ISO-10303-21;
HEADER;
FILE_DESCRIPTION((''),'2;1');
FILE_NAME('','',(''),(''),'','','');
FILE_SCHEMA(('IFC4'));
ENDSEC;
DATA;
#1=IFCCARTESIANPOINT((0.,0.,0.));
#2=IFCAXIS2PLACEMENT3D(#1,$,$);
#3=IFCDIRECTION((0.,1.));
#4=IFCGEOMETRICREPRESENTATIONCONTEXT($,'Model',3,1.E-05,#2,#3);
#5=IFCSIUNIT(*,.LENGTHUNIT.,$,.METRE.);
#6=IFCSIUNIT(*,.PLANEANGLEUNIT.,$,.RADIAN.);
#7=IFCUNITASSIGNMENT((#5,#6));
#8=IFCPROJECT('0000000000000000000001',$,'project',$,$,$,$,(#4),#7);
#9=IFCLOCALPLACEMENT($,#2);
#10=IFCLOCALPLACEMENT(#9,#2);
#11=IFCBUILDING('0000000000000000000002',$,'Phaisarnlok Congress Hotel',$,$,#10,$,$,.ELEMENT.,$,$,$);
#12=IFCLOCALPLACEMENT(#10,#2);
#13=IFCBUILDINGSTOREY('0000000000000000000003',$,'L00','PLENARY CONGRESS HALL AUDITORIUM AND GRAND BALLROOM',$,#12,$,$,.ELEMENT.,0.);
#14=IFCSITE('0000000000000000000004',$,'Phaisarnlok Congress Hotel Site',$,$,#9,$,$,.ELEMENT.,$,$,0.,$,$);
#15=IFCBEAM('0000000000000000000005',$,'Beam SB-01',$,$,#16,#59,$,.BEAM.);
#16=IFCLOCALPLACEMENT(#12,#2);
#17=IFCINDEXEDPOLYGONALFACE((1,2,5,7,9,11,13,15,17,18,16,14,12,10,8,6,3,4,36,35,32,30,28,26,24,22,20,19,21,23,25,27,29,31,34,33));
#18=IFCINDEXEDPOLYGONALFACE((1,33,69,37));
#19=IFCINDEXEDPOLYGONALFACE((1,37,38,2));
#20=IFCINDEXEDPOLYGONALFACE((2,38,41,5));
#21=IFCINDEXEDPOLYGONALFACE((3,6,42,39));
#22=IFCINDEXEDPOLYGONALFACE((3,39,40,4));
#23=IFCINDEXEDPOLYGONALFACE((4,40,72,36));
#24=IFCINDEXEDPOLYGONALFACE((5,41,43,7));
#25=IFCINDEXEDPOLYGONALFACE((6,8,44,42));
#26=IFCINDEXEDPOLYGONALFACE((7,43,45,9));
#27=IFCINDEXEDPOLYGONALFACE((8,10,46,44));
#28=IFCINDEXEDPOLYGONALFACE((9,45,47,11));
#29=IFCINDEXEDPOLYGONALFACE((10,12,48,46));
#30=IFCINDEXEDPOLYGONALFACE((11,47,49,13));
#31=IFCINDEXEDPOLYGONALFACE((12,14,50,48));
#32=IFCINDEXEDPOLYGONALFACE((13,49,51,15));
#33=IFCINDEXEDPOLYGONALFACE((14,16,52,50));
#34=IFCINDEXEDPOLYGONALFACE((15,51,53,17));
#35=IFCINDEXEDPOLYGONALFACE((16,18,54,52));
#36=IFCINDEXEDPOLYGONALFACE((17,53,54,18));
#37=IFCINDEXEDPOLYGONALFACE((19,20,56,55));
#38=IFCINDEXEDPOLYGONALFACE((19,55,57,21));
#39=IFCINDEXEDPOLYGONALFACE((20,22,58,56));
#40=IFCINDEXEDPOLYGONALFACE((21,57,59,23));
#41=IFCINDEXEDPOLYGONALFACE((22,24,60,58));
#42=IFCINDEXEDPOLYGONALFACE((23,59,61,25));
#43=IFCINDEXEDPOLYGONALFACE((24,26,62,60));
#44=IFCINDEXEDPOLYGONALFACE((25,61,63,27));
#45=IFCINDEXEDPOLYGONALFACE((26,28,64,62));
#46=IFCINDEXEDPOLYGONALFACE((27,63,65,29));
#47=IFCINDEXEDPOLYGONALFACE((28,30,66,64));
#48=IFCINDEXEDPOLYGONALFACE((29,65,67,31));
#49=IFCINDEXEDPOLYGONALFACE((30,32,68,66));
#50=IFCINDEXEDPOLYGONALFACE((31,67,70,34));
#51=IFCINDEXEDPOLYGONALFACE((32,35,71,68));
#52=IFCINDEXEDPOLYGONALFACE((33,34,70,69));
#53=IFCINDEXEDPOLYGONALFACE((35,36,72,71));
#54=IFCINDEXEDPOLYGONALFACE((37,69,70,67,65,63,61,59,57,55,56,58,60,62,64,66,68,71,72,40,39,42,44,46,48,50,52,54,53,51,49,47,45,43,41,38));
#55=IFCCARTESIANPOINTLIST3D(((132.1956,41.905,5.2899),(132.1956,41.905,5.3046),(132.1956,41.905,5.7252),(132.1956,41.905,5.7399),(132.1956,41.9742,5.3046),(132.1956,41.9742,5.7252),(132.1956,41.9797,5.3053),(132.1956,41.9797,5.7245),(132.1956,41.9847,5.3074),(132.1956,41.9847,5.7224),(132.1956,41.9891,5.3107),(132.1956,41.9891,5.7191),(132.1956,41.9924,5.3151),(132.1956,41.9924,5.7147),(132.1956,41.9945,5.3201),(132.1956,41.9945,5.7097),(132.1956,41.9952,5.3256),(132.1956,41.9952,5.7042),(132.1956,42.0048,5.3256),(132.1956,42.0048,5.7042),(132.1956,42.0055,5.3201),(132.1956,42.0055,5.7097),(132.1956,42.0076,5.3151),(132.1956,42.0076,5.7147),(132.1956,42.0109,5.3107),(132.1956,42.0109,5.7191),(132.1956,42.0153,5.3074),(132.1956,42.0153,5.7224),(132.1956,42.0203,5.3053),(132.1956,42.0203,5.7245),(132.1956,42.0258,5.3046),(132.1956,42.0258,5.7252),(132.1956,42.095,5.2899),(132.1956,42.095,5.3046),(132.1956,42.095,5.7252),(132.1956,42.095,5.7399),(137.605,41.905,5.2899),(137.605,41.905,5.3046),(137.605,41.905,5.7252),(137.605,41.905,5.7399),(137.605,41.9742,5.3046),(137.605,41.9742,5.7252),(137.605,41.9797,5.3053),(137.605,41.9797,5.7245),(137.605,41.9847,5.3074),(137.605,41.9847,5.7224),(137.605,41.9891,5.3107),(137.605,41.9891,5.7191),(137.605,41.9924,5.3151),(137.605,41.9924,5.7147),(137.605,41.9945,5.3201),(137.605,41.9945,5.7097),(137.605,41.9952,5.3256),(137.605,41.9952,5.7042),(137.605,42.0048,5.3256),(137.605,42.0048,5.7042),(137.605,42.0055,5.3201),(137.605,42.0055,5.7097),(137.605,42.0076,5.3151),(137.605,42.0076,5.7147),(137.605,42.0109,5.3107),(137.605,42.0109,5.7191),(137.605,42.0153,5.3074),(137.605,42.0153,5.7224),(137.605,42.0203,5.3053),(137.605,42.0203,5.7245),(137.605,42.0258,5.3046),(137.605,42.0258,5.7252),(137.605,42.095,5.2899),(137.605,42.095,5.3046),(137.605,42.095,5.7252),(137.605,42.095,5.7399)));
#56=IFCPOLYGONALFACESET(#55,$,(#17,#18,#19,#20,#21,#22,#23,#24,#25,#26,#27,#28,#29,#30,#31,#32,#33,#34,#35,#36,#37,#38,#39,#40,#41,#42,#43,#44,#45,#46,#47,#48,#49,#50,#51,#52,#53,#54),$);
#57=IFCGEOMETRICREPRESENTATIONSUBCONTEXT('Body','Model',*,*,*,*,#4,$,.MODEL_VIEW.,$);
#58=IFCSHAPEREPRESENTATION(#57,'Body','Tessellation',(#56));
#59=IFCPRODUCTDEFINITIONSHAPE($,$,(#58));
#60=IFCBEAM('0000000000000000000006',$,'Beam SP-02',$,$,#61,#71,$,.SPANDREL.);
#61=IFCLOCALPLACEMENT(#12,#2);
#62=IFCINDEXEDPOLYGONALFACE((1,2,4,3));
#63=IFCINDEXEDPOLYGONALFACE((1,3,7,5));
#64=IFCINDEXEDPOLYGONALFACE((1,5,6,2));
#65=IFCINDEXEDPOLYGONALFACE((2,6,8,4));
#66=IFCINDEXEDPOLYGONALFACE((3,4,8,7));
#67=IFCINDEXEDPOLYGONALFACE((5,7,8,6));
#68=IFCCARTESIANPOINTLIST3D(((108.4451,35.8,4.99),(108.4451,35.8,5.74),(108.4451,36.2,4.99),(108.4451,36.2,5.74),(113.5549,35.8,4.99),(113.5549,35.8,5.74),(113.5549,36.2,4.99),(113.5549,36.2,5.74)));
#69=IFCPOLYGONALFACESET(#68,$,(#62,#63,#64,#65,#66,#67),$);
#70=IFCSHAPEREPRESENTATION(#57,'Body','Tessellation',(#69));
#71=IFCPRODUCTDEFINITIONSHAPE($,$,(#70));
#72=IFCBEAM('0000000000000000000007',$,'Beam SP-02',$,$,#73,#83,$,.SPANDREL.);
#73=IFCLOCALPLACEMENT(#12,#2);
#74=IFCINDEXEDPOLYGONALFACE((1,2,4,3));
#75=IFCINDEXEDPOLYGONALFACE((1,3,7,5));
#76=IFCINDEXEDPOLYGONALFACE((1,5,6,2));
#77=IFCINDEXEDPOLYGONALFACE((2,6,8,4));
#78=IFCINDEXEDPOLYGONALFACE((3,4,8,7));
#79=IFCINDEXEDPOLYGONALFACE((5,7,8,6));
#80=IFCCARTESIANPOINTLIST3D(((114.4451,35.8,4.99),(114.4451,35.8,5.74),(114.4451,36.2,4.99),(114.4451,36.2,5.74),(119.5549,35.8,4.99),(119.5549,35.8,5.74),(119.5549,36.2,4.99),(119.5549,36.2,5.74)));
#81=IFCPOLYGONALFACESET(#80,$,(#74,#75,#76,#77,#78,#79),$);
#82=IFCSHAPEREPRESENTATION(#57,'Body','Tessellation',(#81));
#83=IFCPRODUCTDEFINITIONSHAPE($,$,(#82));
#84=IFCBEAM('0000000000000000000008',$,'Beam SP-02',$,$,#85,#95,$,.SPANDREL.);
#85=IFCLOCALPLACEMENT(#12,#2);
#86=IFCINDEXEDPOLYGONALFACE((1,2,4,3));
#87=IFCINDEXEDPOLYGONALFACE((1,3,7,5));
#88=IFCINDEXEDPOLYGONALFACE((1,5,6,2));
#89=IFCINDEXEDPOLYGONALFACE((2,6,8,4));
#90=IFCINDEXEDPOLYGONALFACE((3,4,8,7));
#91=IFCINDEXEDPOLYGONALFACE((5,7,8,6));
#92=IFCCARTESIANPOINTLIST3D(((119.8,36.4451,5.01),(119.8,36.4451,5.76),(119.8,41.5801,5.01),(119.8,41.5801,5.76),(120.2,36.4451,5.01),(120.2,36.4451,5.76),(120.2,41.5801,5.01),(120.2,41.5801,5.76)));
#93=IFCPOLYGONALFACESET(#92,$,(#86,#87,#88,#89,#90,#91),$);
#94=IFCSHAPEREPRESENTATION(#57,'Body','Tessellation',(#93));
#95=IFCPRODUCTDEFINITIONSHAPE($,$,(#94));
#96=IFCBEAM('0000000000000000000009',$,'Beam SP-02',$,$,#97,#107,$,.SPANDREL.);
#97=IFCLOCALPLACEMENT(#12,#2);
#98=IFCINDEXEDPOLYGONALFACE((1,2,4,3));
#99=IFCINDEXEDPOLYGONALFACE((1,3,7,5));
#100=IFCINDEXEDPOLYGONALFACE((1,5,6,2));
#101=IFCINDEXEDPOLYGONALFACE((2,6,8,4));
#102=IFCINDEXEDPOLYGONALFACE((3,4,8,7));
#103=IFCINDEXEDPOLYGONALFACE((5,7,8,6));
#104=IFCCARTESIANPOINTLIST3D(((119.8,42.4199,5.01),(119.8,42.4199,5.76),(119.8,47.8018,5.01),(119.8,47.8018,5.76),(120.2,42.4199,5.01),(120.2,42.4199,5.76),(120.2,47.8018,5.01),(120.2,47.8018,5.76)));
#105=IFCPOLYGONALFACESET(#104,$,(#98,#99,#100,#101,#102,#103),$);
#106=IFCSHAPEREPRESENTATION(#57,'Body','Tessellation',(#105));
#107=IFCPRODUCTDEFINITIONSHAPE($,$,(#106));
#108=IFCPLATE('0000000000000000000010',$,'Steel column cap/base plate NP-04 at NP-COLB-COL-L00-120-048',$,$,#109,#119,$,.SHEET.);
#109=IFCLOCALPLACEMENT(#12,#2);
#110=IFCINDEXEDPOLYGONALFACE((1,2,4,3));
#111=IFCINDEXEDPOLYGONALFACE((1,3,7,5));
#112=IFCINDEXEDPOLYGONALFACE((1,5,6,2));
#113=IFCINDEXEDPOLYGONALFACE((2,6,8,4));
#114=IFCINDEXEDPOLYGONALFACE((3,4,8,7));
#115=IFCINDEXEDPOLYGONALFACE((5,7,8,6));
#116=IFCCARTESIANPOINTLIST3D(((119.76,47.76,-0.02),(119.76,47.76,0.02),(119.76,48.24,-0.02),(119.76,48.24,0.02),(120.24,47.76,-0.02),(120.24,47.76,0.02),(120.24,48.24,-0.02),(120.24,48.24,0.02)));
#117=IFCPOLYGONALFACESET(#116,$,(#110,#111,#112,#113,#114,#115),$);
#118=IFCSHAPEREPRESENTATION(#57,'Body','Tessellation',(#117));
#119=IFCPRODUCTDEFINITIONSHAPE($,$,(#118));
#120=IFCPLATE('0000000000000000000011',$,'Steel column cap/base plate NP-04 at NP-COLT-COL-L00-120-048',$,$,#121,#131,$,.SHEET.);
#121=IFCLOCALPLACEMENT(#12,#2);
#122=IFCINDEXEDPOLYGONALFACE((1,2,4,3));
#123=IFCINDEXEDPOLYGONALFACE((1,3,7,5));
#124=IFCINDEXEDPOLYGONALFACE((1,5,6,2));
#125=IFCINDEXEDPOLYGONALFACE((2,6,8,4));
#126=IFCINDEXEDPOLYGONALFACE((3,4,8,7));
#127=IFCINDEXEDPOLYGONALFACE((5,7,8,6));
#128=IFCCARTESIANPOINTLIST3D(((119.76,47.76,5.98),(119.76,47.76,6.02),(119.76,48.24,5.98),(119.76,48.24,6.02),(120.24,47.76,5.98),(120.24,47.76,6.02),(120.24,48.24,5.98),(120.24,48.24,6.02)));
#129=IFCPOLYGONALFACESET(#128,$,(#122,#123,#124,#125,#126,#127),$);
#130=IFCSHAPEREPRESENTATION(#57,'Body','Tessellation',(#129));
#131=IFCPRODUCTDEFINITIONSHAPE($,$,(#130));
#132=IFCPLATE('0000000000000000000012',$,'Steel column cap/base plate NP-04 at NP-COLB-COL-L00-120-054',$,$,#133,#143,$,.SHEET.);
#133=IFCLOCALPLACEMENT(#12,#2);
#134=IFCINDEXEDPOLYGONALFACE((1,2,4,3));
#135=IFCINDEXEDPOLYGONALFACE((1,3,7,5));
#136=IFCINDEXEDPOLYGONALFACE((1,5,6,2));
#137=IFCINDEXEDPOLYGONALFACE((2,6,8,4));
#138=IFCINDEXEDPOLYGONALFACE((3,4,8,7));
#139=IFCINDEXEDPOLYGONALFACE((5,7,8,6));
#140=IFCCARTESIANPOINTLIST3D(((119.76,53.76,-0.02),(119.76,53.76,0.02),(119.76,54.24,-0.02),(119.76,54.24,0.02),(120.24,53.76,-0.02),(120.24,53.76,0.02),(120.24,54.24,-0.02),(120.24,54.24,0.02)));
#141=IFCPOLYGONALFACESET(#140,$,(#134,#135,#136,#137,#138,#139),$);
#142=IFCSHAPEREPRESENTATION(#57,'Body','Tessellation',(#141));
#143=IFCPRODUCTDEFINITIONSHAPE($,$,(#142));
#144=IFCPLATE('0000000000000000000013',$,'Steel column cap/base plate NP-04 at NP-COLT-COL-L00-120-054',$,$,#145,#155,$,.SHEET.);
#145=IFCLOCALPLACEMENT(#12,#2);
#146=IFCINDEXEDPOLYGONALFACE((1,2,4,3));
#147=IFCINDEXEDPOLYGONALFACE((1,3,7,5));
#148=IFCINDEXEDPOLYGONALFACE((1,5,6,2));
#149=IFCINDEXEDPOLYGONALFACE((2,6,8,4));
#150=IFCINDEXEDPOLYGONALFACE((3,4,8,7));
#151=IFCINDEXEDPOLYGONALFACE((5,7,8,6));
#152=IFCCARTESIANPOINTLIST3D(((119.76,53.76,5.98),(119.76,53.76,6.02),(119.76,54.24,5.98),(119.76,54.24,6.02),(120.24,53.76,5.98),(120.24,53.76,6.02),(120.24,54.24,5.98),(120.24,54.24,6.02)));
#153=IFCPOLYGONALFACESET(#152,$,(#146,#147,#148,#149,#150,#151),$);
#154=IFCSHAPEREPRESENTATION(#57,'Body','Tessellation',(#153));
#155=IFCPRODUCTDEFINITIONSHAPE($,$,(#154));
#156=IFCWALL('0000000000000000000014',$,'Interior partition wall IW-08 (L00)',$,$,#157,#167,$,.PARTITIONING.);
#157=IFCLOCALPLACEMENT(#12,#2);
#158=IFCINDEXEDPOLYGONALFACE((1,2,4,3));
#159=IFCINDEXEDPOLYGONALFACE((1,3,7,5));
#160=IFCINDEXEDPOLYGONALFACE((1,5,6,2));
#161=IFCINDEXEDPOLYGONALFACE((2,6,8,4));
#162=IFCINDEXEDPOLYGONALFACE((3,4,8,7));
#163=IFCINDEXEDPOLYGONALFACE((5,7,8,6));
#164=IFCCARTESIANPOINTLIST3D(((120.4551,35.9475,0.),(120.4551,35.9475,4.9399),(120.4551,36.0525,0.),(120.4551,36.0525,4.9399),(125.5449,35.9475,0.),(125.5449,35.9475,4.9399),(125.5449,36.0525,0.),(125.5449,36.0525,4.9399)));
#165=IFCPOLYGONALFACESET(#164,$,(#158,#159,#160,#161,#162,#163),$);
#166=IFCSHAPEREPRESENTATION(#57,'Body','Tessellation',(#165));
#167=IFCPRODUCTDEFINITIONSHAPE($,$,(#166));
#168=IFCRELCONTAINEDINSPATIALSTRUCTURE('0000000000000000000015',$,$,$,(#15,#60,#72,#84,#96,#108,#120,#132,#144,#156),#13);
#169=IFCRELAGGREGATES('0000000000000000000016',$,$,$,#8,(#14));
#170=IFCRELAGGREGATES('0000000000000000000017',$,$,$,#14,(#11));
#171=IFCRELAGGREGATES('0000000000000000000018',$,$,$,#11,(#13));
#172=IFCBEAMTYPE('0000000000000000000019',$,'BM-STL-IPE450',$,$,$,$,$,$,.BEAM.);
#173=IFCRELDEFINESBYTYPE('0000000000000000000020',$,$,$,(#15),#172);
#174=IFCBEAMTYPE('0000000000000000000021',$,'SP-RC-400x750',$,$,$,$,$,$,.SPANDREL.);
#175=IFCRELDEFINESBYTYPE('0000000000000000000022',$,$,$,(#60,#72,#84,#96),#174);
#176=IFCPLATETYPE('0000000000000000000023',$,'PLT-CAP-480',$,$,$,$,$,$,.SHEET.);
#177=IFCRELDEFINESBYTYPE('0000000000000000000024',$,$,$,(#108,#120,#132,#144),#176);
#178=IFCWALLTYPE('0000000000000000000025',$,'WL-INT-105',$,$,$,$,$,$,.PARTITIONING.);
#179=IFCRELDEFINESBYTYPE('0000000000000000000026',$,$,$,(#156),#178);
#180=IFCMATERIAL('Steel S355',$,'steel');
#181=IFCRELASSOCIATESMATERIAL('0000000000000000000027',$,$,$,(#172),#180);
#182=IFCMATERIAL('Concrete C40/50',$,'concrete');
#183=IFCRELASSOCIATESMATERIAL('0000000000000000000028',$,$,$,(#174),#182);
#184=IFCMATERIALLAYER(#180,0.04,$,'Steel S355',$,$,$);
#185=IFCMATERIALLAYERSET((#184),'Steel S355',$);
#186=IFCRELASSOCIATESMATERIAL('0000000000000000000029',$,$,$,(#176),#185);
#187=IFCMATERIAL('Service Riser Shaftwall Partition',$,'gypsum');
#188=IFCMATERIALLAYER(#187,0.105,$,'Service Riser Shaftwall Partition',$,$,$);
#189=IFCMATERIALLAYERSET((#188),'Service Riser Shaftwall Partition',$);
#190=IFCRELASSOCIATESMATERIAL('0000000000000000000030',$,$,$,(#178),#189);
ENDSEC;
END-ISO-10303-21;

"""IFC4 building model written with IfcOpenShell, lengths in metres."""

from ifc_helpers import new_model, si_unit, direction, frame, frame_2d, origin, origin_2d, place, context, subcontext, project, spatial, rectangle, i_section, extrude, material, layer, layer_set, material_profile, profile_set, type_object, element, save


model = new_model("IFC4")

# Units and contexts
model_context = context("Model", 3, precision=1e-05, world=origin(), true_north=direction((0.0, 1.0)))
body_context = subcontext(model_context, "Body", "Model", "MODEL_VIEW")
ifc_project = project(units=[si_unit("LENGTHUNIT", "METRE"), si_unit("PLANEANGLEUNIT", "RADIAN")], contexts=[model_context])

# Site, building, storey
site_placement = place(None, origin())
site = spatial("IfcSite", under=ifc_project, at=site_placement, Name="Phaisarnlok Congress Hotel Site", CompositionType="ELEMENT", RefElevation=0.0)
building_placement = place(site_placement, origin())
building = spatial("IfcBuilding", under=site, at=building_placement, Name="Phaisarnlok Congress Hotel", CompositionType="ELEMENT")
storey_placement = place(building_placement, origin())
storey = spatial("IfcBuildingStorey", under=building, at=storey_placement, Name="L00", Description="PLENARY CONGRESS HALL AUDITORIUM AND GRAND BALLROOM", CompositionType="ELEMENT", Elevation=0.0)

# Shared definitions
ifc_material_1 = material(Name="Steel S355", Category="steel")

# Beams
ifc_material_2 = material(Name="Concrete C40/50", Category="concrete")
ifc_material_profile_1 = material_profile(ifc_material_1, i_section(OverallWidth=0.1899, OverallDepth=0.45, WebThickness=0.0095, FlangeThickness=0.0146, FilletRadius=0.021, at=origin_2d()), Name="IPE 450")
ifc_profile_set_1 = profile_set([ifc_material_profile_1], Name="Steel S355")
beam_type_1 = type_object("IfcBeamType", Name="BM-STL-IPE450", PredefinedType="BEAM", material=ifc_profile_set_1)
beam_1_placement = place(storey_placement, frame((132.1956, 42.0, 5.5149), z_axis=(1.0, 0.0, 0.0), x_axis=(0.0, 1.0, 0.0)))
element("IfcBeam", 1, at=beam_1_placement, inside=storey, type_object=beam_type_1, Name="Beam SB-01", PredefinedType="BEAM", context=body_context, shape_type="SweptSolid", body=[
    extrude(i_section(OverallWidth=0.1899, OverallDepth=0.45, WebThickness=0.0095, FlangeThickness=0.0146, FilletRadius=0.021, at=origin_2d()), origin(), (0.0, 0.0, 1.0), 5.4094),
])
ifc_material_profile_2 = material_profile(ifc_material_2, rectangle(XDim=0.3999, YDim=0.75, at=origin_2d()), Name="RC 400x750")
ifc_profile_set_2 = profile_set([ifc_material_profile_2], Name="Concrete C40/50")
beam_type_2 = type_object("IfcBeamType", Name="SP-RC-400x750", PredefinedType="SPANDREL", material=ifc_profile_set_2)
for number, where, z_axis, x_axis, name in (
    (2, (108.4451, 36.0, 5.365), (1.0, 0.0, 0.0), (0.0, 1.0, 0.0), "Beam SP-02"),
    (3, (114.4451, 36.0, 5.365), (1.0, 0.0, 0.0), (0.0, 1.0, 0.0), "Beam SP-02"),
):
    element("IfcBeam", number, at=place(storey_placement, frame(where, z_axis=z_axis, x_axis=x_axis)), inside=storey, type_object=beam_type_2, Name=name, PredefinedType="SPANDREL", context=body_context, shape_type="SweptSolid", body=[
        extrude(rectangle(XDim=0.3999, YDim=0.75, at=origin_2d()), origin(), (0.0, 0.0, 1.0), 5.1099),
    ])
beam_2_placement = place(storey_placement, frame((120.0, 36.4451, 5.385), z_axis=(0.0, 1.0, 0.0), x_axis=(-1.0, 0.0, 0.0)))
element("IfcBeam", 4, at=beam_2_placement, inside=storey, type_object=beam_type_2, Name="Beam SP-02", PredefinedType="SPANDREL", context=body_context, shape_type="SweptSolid", body=[
    extrude(rectangle(XDim=0.3999, YDim=0.75, at=origin_2d()), origin(), (0.0, 0.0, 1.0), 5.135),
])
beam_3_placement = place(storey_placement, frame((120.0, 42.4199, 5.385), z_axis=(0.0, 1.0, 0.0), x_axis=(-1.0, 0.0, 0.0)))
element("IfcBeam", 5, at=beam_3_placement, inside=storey, type_object=beam_type_2, Name="Beam SP-02", PredefinedType="SPANDREL", context=body_context, shape_type="SweptSolid", body=[
    extrude(rectangle(XDim=0.3999, YDim=0.75, at=origin_2d()), origin(), (0.0, 0.0, 1.0), 5.3818),
])

# Plates
ifc_layer_1 = layer(ifc_material_1, 0.04, Name="Steel S355")
ifc_layer_set_1 = layer_set([ifc_layer_1], Name="Steel S355")
plate_type = type_object("IfcPlateType", Name="PLT-CAP-480", PredefinedType="SHEET", material=ifc_layer_set_1)
for number, where, z_axis, x_axis, name in (
    (6, (120.0, 48.0, -0.02), (0.0, 0.0, 1.0), (1.0, 0.0, 0.0), "Steel column cap/base plate NP-04 at NP-COLB-COL-L00-120-048"),
    (7, (120.0, 48.0, 5.98), (0.0, 0.0, 1.0), (1.0, 0.0, 0.0), "Steel column cap/base plate NP-04 at NP-COLT-COL-L00-120-048"),
    (8, (120.0, 54.0, -0.02), (0.0, 0.0, 1.0), (1.0, 0.0, 0.0), "Steel column cap/base plate NP-04 at NP-COLB-COL-L00-120-054"),
    (9, (120.0, 54.0, 5.98), (0.0, 0.0, 1.0), (1.0, 0.0, 0.0), "Steel column cap/base plate NP-04 at NP-COLT-COL-L00-120-054"),
):
    element("IfcPlate", number, at=place(storey_placement, frame(where, z_axis=z_axis, x_axis=x_axis)), inside=storey, type_object=plate_type, Name=name, PredefinedType="SHEET", context=body_context, shape_type="SweptSolid", body=[
        extrude(rectangle(XDim=0.48, YDim=0.48, at=origin_2d()), origin(), (0.0, 0.0, 1.0), 0.04),
    ])

# Wall
ifc_material_3 = material(Name="Service Riser Shaftwall Partition", Category="gypsum")
ifc_layer_2 = layer(ifc_material_3, 0.105, Name="Service Riser Shaftwall Partition")
ifc_layer_set_2 = layer_set([ifc_layer_2], Name="Service Riser Shaftwall Partition")
wall_type_1 = type_object("IfcWallType", Name="WL-INT-105", PredefinedType="PARTITIONING", material=ifc_layer_set_2)
wall_1_placement = place(storey_placement, frame((120.4551, 36.0, 0.0), z_axis=(0.0, 0.0, 1.0), x_axis=(1.0, 0.0, 0.0)))
element("IfcWall", 10, at=wall_1_placement, inside=storey, type_object=wall_type_1, Name="Interior partition wall IW-08 (L00)", PredefinedType="PARTITIONING", context=body_context, shape_type="SweptSolid", body=[
    extrude(rectangle(XDim=5.0898, YDim=0.105, at=frame_2d((2.5449, 0.0))), origin(), (0.0, 0.0, 1.0), 4.9399),
])

save(model, "model.ifc")
